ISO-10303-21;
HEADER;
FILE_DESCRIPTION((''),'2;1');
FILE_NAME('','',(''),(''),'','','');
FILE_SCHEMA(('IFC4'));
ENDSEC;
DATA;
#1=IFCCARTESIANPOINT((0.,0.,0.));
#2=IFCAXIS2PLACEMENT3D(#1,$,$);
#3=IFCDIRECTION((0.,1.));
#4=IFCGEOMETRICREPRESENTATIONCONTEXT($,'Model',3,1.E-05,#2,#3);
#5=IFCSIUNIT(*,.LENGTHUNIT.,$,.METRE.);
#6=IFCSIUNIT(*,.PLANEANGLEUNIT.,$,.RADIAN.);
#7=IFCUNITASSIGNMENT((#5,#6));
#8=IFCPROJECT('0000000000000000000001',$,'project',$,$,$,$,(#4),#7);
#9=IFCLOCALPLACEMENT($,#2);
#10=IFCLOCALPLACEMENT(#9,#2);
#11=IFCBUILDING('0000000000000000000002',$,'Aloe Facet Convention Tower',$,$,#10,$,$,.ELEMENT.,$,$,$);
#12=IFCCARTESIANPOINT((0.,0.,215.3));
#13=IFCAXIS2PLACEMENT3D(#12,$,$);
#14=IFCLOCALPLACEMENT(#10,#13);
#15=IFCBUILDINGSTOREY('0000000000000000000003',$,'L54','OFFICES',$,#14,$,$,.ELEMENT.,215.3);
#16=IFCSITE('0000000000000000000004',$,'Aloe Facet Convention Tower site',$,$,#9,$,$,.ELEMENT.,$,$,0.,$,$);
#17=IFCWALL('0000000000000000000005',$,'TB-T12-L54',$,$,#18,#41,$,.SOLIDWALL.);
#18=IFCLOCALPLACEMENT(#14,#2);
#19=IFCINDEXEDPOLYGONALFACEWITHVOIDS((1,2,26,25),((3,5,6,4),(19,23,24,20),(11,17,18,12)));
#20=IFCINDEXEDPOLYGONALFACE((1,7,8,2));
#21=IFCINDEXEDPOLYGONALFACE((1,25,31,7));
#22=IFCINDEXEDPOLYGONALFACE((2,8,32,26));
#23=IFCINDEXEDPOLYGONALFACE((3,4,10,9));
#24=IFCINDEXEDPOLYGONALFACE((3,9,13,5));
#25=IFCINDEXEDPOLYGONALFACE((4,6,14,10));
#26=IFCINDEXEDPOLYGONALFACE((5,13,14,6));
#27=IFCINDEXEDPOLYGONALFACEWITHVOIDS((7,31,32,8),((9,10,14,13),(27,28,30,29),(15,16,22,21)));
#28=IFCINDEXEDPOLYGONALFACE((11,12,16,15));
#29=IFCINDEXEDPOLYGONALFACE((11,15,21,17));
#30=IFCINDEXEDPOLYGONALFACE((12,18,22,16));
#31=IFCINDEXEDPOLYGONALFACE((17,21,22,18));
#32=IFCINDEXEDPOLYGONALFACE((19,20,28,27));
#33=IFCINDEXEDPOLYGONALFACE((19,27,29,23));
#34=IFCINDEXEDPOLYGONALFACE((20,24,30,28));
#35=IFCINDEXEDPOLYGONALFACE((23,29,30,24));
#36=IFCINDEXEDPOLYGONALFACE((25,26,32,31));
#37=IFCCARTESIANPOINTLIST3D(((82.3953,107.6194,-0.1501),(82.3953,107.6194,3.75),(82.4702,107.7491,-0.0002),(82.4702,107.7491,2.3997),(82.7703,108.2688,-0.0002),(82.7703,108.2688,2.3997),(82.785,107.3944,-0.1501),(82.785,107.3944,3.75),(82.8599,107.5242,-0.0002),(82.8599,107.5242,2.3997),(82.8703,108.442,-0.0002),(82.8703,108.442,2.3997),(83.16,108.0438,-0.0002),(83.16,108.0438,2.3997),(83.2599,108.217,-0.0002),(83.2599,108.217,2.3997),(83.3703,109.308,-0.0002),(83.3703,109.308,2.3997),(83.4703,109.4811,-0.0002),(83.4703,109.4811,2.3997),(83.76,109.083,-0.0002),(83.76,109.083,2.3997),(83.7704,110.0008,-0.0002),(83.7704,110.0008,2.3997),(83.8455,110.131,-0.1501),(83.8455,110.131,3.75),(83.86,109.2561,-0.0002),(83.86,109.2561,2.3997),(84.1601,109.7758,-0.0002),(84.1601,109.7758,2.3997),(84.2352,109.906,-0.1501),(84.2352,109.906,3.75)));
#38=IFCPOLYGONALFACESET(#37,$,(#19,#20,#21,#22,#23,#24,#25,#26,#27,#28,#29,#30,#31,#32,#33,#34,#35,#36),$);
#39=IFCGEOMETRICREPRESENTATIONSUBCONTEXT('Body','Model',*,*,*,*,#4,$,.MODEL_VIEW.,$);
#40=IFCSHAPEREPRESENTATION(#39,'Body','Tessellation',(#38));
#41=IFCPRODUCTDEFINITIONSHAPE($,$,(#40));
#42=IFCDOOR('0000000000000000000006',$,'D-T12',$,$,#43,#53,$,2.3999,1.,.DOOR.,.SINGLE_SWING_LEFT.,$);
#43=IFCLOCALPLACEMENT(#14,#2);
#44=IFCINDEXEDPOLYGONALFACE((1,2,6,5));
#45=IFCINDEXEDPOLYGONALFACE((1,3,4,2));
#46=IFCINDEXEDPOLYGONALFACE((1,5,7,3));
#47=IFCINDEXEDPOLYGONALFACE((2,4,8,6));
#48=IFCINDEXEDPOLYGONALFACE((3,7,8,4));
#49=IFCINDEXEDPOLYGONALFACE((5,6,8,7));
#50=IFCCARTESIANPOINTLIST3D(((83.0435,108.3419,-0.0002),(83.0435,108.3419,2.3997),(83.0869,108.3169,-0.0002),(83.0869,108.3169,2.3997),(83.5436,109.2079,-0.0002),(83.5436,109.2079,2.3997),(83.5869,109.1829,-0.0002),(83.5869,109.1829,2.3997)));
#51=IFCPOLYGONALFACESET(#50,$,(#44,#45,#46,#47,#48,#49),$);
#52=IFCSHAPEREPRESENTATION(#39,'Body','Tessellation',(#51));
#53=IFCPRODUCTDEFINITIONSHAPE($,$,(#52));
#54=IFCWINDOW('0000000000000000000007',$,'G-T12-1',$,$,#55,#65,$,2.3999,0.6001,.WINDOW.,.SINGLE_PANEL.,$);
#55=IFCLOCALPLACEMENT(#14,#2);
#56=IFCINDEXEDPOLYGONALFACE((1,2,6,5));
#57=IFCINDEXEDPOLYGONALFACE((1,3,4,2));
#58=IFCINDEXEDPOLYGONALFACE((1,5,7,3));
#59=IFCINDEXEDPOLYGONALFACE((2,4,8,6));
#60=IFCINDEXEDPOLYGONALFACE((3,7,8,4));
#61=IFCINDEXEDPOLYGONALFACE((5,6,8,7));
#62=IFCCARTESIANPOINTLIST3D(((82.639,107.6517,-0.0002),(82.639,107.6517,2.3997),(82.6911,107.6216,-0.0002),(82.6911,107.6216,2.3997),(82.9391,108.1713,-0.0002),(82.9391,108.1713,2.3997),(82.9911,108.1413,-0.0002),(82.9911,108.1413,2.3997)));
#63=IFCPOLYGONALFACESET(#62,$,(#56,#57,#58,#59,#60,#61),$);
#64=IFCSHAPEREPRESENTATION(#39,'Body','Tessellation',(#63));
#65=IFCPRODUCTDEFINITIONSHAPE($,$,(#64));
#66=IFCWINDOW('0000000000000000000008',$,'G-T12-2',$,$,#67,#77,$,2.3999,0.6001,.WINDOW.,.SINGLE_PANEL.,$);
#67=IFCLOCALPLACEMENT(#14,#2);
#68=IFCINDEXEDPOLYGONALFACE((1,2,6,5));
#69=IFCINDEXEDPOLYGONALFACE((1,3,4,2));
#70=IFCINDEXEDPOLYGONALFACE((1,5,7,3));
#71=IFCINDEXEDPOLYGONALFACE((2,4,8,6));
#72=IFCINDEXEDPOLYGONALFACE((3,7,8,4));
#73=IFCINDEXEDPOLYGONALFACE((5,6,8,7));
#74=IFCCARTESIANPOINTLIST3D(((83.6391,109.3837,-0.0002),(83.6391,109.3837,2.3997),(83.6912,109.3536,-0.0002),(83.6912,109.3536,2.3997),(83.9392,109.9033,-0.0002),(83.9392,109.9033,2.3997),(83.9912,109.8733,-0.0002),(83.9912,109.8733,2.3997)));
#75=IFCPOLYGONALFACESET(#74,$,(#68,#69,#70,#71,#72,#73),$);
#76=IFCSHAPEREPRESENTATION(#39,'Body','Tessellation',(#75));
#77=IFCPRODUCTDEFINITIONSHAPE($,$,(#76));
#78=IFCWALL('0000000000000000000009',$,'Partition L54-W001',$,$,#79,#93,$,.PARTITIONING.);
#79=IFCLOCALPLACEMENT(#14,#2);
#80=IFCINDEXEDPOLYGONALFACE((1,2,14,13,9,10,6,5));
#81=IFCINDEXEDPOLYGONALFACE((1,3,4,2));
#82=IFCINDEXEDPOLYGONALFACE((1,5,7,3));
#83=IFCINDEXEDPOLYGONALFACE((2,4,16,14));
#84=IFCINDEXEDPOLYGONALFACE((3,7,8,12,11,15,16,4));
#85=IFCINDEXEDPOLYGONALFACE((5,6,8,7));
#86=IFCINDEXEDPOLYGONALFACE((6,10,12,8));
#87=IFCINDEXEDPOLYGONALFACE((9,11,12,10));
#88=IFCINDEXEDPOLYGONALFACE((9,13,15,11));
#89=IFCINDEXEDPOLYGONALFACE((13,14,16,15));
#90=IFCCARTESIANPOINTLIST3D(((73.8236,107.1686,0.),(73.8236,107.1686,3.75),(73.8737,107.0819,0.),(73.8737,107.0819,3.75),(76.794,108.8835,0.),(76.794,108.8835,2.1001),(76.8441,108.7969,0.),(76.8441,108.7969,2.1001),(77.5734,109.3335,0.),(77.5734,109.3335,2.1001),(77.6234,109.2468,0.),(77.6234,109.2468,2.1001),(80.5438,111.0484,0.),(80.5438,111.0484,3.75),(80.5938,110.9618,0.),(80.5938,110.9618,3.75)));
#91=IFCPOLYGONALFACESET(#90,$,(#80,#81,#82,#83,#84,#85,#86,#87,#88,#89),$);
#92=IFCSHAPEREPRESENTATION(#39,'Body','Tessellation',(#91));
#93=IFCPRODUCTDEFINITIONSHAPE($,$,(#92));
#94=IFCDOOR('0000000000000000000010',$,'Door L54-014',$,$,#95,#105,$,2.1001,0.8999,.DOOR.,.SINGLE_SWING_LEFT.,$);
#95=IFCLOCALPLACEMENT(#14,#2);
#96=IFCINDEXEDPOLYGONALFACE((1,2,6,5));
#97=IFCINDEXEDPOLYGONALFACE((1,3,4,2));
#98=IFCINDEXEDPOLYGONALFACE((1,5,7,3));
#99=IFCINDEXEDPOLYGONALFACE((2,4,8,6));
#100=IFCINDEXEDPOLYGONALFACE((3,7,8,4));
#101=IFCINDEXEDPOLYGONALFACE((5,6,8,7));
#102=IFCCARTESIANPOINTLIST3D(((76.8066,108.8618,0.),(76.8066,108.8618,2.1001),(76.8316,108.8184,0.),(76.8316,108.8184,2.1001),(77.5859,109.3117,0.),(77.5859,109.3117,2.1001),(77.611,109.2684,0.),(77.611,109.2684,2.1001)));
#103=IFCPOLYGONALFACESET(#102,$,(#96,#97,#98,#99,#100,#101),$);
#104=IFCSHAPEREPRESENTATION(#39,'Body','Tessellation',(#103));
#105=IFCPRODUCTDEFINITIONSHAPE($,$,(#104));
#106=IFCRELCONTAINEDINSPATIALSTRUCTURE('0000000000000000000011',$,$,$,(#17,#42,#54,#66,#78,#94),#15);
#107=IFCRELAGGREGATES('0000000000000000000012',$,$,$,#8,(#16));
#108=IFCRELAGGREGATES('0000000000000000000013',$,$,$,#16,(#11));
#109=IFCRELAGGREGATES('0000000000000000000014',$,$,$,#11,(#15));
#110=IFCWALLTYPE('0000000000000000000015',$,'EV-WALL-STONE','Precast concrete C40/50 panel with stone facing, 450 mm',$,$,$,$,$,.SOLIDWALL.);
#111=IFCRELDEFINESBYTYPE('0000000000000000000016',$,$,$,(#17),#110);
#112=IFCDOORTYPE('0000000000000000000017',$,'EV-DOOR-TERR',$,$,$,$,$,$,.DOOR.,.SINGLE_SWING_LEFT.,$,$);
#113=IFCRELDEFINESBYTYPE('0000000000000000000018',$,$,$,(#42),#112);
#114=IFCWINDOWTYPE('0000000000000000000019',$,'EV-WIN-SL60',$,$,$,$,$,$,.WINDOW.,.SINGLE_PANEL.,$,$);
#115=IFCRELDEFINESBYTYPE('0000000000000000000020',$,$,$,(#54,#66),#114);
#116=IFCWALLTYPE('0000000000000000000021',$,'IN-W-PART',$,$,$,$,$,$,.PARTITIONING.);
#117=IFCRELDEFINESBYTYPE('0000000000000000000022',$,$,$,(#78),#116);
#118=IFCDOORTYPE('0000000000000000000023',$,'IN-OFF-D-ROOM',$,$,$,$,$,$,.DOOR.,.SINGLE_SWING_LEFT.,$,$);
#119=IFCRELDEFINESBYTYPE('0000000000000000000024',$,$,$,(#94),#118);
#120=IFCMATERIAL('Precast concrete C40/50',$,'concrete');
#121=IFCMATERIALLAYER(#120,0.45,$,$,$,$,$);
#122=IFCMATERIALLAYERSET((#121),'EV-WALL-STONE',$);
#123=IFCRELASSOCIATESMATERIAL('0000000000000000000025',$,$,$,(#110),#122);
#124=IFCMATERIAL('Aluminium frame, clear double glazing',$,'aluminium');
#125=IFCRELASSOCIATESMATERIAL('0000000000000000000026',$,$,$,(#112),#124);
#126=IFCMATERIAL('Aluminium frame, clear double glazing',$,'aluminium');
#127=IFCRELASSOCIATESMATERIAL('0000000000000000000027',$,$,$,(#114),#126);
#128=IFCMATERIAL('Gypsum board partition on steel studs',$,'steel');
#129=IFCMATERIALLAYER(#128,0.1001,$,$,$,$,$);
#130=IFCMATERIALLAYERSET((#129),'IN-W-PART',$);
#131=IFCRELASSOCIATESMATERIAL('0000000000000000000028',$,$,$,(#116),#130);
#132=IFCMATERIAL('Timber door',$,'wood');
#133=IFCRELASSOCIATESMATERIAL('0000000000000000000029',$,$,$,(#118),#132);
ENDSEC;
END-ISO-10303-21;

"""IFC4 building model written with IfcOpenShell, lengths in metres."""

from ifc_helpers import new_model, si_unit, direction, frame, frame_2d, origin, place, context, subcontext, project, spatial, rectangle, extrude, material, layer, layer_set, type_object, element, fill, save


model = new_model("IFC4")

# Units and contexts
model_context = context("Model", 3, precision=1e-05, world=origin(), true_north=direction((0.0, 1.0)))
body_context = subcontext(model_context, "Body", "Model", "MODEL_VIEW")
ifc_project = project(units=[si_unit("LENGTHUNIT", "METRE"), si_unit("PLANEANGLEUNIT", "RADIAN")], contexts=[model_context])

# Site, building, storey
site_placement = place(None, origin())
site = spatial("IfcSite", under=ifc_project, at=site_placement, Name="Aloe Facet Convention Tower site", CompositionType="ELEMENT", RefElevation=0.0)
building_placement = place(site_placement, origin())
building = spatial("IfcBuilding", under=site, at=building_placement, Name="Aloe Facet Convention Tower", CompositionType="ELEMENT")
storey_placement = place(building_placement, frame((0.0, 0.0, 215.3)))
storey = spatial("IfcBuildingStorey", under=building, at=storey_placement, Name="L54", Description="OFFICES", CompositionType="ELEMENT", Elevation=215.3)

# Shared definitions
ifc_material_1 = material(Name="Precast concrete C40/50", Category="concrete")
ifc_layer_1 = layer(ifc_material_1, 0.45)
ifc_layer_set_1 = layer_set([ifc_layer_1], Name="EV-WALL-STONE")
wall_type_1 = type_object("IfcWallType", Name="EV-WALL-STONE", Description="Precast concrete C40/50 panel with stone facing, 450 mm", PredefinedType="SOLIDWALL", material=ifc_layer_set_1)

# Wall, openings, door, windows
wall_1_placement = place(storey_placement, frame((82.5901, 107.5068, -0.1501), z_axis=(0.0, 0.0, 1.0), x_axis=(0.50005, 0.865996, 0.0)))
wall_1 = element("IfcWall", 1, at=wall_1_placement, inside=storey, type_object=wall_type_1, Name="TB-T12-L54", PredefinedType="SOLIDWALL", context=body_context, shape_type="SweptSolid", body=[
    extrude(rectangle(XDim=2.9001, YDim=0.45, at=frame_2d((1.4502, 0.0))), origin(), (0.0, 0.0, 1.0), 3.9001),
])
opening_1_placement = place(wall_1_placement, frame((0.95, 0.0, 0.1499)))
opening_1 = element("IfcOpeningElement", 2, at=opening_1_placement, cuts=wall_1, PredefinedType="OPENING", context=body_context, shape_type="SweptSolid", body=[
    extrude(rectangle(XDim=1.0, YDim=2.3999, at=frame_2d((0.5, 1.2))), frame((0.0, 0.2349, 0.0), z_axis=(0.0, -1.0, 0.0), x_axis=(1.0, 0.0, 0.0)), (0.0, 0.0, 1.0), 0.47),
])
opening_2_placement = place(wall_1_placement, frame((0.1499, 0.0, 0.1499)))
opening_2 = element("IfcOpeningElement", 3, at=opening_2_placement, cuts=wall_1, PredefinedType="OPENING", context=body_context, shape_type="SweptSolid", body=[
    extrude(rectangle(XDim=0.6001, YDim=2.3999, at=frame_2d((0.3, 1.2))), frame((0.0, 0.2349, 0.0), z_axis=(0.0, -1.0, 0.0), x_axis=(1.0, 0.0, 0.0)), (0.0, 0.0, 1.0), 0.47),
])
opening_3_placement = place(wall_1_placement, frame((2.1499, 0.0, 0.1499)))
opening_3 = element("IfcOpeningElement", 4, at=opening_3_placement, cuts=wall_1, PredefinedType="OPENING", context=body_context, shape_type="SweptSolid", body=[
    extrude(rectangle(XDim=0.6001, YDim=2.3999, at=frame_2d((0.3, 1.2))), frame((0.0, 0.2349, 0.0), z_axis=(0.0, -1.0, 0.0), x_axis=(1.0, 0.0, 0.0)), (0.0, 0.0, 1.0), 0.47),
])
ifc_material_2 = material(Name="Aluminium frame, clear double glazing", Category="aluminium")
door_type_1 = type_object("IfcDoorType", Name="EV-DOOR-TERR", OperationType="SINGLE_SWING_LEFT", PredefinedType="DOOR", material=ifc_material_2)
door_1_placement = place(opening_1_placement, origin())
door_1 = element("IfcDoor", 5, at=door_1_placement, inside=storey, type_object=door_type_1, Name="D-T12", OperationType="SINGLE_SWING_LEFT", OverallHeight=2.3999, OverallWidth=1.0, PredefinedType="DOOR", context=body_context, shape_type="SweptSolid", body=[
    extrude(rectangle(XDim=1.0, YDim=2.3999, at=frame_2d((0.5, 1.2))), frame((0.0, 0.0249, 0.0), z_axis=(0.0, -1.0, 0.0), x_axis=(1.0, 0.0, 0.0)), (0.0, 0.0, 1.0), 0.05),
])
fill(opening_1, door_1)
ifc_material_3 = material(Name="Aluminium frame, clear double glazing", Category="aluminium")
window_type_1 = type_object("IfcWindowType", Name="EV-WIN-SL60", PartitioningType="SINGLE_PANEL", PredefinedType="WINDOW", material=ifc_material_3)
window_1_placement = place(opening_2_placement, origin())
window_1 = element("IfcWindow", 6, at=window_1_placement, inside=storey, type_object=window_type_1, Name="G-T12-1", OverallHeight=2.3999, OverallWidth=0.6001, PartitioningType="SINGLE_PANEL", PredefinedType="WINDOW", context=body_context, shape_type="SweptSolid", body=[
    extrude(rectangle(XDim=0.6001, YDim=2.3999, at=frame_2d((0.3, 1.2))), frame((0.0, 0.03, 0.0), z_axis=(0.0, -1.0, 0.0), x_axis=(1.0, 0.0, 0.0)), (0.0, 0.0, 1.0), 0.0601),
])
fill(opening_2, window_1)
window_2_placement = place(opening_3_placement, origin())
window_2 = element("IfcWindow", 7, at=window_2_placement, inside=storey, type_object=window_type_1, Name="G-T12-2", OverallHeight=2.3999, OverallWidth=0.6001, PartitioningType="SINGLE_PANEL", PredefinedType="WINDOW", context=body_context, shape_type="SweptSolid", body=[
    extrude(rectangle(XDim=0.6001, YDim=2.3999, at=frame_2d((0.3, 1.2))), frame((0.0, 0.03, 0.0), z_axis=(0.0, -1.0, 0.0), x_axis=(1.0, 0.0, 0.0)), (0.0, 0.0, 1.0), 0.0601),
])
fill(opening_3, window_2)

# Wall, opening, door
ifc_material_4 = material(Name="Gypsum board partition on steel studs", Category="steel")
ifc_layer_2 = layer(ifc_material_4, 0.1001)
ifc_layer_set_2 = layer_set([ifc_layer_2], Name="IN-W-PART")
wall_type_2 = type_object("IfcWallType", Name="IN-W-PART", PredefinedType="PARTITIONING", material=ifc_layer_set_2)
wall_2_placement = place(storey_placement, frame((73.8486, 107.1252, 0.0), z_axis=(0.0, 0.0, 1.0), x_axis=(0.866027, 0.499997, 0.0)))
wall_2 = element("IfcWall", 8, at=wall_2_placement, inside=storey, type_object=wall_type_2, Name="Partition L54-W001", PredefinedType="PARTITIONING", context=body_context, shape_type="SweptSolid", body=[
    extrude(rectangle(XDim=7.7598, YDim=0.1001, at=frame_2d((3.8799, 0.0))), origin(), (0.0, 0.0, 1.0), 3.75),
])
opening_4_placement = place(wall_2_placement, frame((3.4299, 0.0, 0.0)))
opening_4 = element("IfcOpeningElement", 9, at=opening_4_placement, cuts=wall_2, PredefinedType="OPENING", context=body_context, shape_type="SweptSolid", body=[
    extrude(rectangle(XDim=0.8999, YDim=2.1001, at=frame_2d((0.45, 1.05))), frame((0.0, 0.0601, 0.0), z_axis=(0.0, -1.0, 0.0), x_axis=(1.0, 0.0, 0.0)), (0.0, 0.0, 1.0), 0.1201),
])
ifc_material_5 = material(Name="Timber door", Category="wood")
door_type_2 = type_object("IfcDoorType", Name="IN-OFF-D-ROOM", OperationType="SINGLE_SWING_LEFT", PredefinedType="DOOR", material=ifc_material_5)
door_2_placement = place(opening_4_placement, origin())
door_2 = element("IfcDoor", 10, at=door_2_placement, inside=storey, type_object=door_type_2, Name="Door L54-014", OperationType="SINGLE_SWING_LEFT", OverallHeight=2.1001, OverallWidth=0.8999, PredefinedType="DOOR", context=body_context, shape_type="SweptSolid", body=[
    extrude(rectangle(XDim=0.8999, YDim=2.1001, at=frame_2d((0.45, 1.05))), frame((0.0, 0.0249, 0.0), z_axis=(0.0, -1.0, 0.0), x_axis=(1.0, 0.0, 0.0)), (0.0, 0.0, 1.0), 0.05),
])
fill(opening_4, door_2)

save(model, "model.ifc")
